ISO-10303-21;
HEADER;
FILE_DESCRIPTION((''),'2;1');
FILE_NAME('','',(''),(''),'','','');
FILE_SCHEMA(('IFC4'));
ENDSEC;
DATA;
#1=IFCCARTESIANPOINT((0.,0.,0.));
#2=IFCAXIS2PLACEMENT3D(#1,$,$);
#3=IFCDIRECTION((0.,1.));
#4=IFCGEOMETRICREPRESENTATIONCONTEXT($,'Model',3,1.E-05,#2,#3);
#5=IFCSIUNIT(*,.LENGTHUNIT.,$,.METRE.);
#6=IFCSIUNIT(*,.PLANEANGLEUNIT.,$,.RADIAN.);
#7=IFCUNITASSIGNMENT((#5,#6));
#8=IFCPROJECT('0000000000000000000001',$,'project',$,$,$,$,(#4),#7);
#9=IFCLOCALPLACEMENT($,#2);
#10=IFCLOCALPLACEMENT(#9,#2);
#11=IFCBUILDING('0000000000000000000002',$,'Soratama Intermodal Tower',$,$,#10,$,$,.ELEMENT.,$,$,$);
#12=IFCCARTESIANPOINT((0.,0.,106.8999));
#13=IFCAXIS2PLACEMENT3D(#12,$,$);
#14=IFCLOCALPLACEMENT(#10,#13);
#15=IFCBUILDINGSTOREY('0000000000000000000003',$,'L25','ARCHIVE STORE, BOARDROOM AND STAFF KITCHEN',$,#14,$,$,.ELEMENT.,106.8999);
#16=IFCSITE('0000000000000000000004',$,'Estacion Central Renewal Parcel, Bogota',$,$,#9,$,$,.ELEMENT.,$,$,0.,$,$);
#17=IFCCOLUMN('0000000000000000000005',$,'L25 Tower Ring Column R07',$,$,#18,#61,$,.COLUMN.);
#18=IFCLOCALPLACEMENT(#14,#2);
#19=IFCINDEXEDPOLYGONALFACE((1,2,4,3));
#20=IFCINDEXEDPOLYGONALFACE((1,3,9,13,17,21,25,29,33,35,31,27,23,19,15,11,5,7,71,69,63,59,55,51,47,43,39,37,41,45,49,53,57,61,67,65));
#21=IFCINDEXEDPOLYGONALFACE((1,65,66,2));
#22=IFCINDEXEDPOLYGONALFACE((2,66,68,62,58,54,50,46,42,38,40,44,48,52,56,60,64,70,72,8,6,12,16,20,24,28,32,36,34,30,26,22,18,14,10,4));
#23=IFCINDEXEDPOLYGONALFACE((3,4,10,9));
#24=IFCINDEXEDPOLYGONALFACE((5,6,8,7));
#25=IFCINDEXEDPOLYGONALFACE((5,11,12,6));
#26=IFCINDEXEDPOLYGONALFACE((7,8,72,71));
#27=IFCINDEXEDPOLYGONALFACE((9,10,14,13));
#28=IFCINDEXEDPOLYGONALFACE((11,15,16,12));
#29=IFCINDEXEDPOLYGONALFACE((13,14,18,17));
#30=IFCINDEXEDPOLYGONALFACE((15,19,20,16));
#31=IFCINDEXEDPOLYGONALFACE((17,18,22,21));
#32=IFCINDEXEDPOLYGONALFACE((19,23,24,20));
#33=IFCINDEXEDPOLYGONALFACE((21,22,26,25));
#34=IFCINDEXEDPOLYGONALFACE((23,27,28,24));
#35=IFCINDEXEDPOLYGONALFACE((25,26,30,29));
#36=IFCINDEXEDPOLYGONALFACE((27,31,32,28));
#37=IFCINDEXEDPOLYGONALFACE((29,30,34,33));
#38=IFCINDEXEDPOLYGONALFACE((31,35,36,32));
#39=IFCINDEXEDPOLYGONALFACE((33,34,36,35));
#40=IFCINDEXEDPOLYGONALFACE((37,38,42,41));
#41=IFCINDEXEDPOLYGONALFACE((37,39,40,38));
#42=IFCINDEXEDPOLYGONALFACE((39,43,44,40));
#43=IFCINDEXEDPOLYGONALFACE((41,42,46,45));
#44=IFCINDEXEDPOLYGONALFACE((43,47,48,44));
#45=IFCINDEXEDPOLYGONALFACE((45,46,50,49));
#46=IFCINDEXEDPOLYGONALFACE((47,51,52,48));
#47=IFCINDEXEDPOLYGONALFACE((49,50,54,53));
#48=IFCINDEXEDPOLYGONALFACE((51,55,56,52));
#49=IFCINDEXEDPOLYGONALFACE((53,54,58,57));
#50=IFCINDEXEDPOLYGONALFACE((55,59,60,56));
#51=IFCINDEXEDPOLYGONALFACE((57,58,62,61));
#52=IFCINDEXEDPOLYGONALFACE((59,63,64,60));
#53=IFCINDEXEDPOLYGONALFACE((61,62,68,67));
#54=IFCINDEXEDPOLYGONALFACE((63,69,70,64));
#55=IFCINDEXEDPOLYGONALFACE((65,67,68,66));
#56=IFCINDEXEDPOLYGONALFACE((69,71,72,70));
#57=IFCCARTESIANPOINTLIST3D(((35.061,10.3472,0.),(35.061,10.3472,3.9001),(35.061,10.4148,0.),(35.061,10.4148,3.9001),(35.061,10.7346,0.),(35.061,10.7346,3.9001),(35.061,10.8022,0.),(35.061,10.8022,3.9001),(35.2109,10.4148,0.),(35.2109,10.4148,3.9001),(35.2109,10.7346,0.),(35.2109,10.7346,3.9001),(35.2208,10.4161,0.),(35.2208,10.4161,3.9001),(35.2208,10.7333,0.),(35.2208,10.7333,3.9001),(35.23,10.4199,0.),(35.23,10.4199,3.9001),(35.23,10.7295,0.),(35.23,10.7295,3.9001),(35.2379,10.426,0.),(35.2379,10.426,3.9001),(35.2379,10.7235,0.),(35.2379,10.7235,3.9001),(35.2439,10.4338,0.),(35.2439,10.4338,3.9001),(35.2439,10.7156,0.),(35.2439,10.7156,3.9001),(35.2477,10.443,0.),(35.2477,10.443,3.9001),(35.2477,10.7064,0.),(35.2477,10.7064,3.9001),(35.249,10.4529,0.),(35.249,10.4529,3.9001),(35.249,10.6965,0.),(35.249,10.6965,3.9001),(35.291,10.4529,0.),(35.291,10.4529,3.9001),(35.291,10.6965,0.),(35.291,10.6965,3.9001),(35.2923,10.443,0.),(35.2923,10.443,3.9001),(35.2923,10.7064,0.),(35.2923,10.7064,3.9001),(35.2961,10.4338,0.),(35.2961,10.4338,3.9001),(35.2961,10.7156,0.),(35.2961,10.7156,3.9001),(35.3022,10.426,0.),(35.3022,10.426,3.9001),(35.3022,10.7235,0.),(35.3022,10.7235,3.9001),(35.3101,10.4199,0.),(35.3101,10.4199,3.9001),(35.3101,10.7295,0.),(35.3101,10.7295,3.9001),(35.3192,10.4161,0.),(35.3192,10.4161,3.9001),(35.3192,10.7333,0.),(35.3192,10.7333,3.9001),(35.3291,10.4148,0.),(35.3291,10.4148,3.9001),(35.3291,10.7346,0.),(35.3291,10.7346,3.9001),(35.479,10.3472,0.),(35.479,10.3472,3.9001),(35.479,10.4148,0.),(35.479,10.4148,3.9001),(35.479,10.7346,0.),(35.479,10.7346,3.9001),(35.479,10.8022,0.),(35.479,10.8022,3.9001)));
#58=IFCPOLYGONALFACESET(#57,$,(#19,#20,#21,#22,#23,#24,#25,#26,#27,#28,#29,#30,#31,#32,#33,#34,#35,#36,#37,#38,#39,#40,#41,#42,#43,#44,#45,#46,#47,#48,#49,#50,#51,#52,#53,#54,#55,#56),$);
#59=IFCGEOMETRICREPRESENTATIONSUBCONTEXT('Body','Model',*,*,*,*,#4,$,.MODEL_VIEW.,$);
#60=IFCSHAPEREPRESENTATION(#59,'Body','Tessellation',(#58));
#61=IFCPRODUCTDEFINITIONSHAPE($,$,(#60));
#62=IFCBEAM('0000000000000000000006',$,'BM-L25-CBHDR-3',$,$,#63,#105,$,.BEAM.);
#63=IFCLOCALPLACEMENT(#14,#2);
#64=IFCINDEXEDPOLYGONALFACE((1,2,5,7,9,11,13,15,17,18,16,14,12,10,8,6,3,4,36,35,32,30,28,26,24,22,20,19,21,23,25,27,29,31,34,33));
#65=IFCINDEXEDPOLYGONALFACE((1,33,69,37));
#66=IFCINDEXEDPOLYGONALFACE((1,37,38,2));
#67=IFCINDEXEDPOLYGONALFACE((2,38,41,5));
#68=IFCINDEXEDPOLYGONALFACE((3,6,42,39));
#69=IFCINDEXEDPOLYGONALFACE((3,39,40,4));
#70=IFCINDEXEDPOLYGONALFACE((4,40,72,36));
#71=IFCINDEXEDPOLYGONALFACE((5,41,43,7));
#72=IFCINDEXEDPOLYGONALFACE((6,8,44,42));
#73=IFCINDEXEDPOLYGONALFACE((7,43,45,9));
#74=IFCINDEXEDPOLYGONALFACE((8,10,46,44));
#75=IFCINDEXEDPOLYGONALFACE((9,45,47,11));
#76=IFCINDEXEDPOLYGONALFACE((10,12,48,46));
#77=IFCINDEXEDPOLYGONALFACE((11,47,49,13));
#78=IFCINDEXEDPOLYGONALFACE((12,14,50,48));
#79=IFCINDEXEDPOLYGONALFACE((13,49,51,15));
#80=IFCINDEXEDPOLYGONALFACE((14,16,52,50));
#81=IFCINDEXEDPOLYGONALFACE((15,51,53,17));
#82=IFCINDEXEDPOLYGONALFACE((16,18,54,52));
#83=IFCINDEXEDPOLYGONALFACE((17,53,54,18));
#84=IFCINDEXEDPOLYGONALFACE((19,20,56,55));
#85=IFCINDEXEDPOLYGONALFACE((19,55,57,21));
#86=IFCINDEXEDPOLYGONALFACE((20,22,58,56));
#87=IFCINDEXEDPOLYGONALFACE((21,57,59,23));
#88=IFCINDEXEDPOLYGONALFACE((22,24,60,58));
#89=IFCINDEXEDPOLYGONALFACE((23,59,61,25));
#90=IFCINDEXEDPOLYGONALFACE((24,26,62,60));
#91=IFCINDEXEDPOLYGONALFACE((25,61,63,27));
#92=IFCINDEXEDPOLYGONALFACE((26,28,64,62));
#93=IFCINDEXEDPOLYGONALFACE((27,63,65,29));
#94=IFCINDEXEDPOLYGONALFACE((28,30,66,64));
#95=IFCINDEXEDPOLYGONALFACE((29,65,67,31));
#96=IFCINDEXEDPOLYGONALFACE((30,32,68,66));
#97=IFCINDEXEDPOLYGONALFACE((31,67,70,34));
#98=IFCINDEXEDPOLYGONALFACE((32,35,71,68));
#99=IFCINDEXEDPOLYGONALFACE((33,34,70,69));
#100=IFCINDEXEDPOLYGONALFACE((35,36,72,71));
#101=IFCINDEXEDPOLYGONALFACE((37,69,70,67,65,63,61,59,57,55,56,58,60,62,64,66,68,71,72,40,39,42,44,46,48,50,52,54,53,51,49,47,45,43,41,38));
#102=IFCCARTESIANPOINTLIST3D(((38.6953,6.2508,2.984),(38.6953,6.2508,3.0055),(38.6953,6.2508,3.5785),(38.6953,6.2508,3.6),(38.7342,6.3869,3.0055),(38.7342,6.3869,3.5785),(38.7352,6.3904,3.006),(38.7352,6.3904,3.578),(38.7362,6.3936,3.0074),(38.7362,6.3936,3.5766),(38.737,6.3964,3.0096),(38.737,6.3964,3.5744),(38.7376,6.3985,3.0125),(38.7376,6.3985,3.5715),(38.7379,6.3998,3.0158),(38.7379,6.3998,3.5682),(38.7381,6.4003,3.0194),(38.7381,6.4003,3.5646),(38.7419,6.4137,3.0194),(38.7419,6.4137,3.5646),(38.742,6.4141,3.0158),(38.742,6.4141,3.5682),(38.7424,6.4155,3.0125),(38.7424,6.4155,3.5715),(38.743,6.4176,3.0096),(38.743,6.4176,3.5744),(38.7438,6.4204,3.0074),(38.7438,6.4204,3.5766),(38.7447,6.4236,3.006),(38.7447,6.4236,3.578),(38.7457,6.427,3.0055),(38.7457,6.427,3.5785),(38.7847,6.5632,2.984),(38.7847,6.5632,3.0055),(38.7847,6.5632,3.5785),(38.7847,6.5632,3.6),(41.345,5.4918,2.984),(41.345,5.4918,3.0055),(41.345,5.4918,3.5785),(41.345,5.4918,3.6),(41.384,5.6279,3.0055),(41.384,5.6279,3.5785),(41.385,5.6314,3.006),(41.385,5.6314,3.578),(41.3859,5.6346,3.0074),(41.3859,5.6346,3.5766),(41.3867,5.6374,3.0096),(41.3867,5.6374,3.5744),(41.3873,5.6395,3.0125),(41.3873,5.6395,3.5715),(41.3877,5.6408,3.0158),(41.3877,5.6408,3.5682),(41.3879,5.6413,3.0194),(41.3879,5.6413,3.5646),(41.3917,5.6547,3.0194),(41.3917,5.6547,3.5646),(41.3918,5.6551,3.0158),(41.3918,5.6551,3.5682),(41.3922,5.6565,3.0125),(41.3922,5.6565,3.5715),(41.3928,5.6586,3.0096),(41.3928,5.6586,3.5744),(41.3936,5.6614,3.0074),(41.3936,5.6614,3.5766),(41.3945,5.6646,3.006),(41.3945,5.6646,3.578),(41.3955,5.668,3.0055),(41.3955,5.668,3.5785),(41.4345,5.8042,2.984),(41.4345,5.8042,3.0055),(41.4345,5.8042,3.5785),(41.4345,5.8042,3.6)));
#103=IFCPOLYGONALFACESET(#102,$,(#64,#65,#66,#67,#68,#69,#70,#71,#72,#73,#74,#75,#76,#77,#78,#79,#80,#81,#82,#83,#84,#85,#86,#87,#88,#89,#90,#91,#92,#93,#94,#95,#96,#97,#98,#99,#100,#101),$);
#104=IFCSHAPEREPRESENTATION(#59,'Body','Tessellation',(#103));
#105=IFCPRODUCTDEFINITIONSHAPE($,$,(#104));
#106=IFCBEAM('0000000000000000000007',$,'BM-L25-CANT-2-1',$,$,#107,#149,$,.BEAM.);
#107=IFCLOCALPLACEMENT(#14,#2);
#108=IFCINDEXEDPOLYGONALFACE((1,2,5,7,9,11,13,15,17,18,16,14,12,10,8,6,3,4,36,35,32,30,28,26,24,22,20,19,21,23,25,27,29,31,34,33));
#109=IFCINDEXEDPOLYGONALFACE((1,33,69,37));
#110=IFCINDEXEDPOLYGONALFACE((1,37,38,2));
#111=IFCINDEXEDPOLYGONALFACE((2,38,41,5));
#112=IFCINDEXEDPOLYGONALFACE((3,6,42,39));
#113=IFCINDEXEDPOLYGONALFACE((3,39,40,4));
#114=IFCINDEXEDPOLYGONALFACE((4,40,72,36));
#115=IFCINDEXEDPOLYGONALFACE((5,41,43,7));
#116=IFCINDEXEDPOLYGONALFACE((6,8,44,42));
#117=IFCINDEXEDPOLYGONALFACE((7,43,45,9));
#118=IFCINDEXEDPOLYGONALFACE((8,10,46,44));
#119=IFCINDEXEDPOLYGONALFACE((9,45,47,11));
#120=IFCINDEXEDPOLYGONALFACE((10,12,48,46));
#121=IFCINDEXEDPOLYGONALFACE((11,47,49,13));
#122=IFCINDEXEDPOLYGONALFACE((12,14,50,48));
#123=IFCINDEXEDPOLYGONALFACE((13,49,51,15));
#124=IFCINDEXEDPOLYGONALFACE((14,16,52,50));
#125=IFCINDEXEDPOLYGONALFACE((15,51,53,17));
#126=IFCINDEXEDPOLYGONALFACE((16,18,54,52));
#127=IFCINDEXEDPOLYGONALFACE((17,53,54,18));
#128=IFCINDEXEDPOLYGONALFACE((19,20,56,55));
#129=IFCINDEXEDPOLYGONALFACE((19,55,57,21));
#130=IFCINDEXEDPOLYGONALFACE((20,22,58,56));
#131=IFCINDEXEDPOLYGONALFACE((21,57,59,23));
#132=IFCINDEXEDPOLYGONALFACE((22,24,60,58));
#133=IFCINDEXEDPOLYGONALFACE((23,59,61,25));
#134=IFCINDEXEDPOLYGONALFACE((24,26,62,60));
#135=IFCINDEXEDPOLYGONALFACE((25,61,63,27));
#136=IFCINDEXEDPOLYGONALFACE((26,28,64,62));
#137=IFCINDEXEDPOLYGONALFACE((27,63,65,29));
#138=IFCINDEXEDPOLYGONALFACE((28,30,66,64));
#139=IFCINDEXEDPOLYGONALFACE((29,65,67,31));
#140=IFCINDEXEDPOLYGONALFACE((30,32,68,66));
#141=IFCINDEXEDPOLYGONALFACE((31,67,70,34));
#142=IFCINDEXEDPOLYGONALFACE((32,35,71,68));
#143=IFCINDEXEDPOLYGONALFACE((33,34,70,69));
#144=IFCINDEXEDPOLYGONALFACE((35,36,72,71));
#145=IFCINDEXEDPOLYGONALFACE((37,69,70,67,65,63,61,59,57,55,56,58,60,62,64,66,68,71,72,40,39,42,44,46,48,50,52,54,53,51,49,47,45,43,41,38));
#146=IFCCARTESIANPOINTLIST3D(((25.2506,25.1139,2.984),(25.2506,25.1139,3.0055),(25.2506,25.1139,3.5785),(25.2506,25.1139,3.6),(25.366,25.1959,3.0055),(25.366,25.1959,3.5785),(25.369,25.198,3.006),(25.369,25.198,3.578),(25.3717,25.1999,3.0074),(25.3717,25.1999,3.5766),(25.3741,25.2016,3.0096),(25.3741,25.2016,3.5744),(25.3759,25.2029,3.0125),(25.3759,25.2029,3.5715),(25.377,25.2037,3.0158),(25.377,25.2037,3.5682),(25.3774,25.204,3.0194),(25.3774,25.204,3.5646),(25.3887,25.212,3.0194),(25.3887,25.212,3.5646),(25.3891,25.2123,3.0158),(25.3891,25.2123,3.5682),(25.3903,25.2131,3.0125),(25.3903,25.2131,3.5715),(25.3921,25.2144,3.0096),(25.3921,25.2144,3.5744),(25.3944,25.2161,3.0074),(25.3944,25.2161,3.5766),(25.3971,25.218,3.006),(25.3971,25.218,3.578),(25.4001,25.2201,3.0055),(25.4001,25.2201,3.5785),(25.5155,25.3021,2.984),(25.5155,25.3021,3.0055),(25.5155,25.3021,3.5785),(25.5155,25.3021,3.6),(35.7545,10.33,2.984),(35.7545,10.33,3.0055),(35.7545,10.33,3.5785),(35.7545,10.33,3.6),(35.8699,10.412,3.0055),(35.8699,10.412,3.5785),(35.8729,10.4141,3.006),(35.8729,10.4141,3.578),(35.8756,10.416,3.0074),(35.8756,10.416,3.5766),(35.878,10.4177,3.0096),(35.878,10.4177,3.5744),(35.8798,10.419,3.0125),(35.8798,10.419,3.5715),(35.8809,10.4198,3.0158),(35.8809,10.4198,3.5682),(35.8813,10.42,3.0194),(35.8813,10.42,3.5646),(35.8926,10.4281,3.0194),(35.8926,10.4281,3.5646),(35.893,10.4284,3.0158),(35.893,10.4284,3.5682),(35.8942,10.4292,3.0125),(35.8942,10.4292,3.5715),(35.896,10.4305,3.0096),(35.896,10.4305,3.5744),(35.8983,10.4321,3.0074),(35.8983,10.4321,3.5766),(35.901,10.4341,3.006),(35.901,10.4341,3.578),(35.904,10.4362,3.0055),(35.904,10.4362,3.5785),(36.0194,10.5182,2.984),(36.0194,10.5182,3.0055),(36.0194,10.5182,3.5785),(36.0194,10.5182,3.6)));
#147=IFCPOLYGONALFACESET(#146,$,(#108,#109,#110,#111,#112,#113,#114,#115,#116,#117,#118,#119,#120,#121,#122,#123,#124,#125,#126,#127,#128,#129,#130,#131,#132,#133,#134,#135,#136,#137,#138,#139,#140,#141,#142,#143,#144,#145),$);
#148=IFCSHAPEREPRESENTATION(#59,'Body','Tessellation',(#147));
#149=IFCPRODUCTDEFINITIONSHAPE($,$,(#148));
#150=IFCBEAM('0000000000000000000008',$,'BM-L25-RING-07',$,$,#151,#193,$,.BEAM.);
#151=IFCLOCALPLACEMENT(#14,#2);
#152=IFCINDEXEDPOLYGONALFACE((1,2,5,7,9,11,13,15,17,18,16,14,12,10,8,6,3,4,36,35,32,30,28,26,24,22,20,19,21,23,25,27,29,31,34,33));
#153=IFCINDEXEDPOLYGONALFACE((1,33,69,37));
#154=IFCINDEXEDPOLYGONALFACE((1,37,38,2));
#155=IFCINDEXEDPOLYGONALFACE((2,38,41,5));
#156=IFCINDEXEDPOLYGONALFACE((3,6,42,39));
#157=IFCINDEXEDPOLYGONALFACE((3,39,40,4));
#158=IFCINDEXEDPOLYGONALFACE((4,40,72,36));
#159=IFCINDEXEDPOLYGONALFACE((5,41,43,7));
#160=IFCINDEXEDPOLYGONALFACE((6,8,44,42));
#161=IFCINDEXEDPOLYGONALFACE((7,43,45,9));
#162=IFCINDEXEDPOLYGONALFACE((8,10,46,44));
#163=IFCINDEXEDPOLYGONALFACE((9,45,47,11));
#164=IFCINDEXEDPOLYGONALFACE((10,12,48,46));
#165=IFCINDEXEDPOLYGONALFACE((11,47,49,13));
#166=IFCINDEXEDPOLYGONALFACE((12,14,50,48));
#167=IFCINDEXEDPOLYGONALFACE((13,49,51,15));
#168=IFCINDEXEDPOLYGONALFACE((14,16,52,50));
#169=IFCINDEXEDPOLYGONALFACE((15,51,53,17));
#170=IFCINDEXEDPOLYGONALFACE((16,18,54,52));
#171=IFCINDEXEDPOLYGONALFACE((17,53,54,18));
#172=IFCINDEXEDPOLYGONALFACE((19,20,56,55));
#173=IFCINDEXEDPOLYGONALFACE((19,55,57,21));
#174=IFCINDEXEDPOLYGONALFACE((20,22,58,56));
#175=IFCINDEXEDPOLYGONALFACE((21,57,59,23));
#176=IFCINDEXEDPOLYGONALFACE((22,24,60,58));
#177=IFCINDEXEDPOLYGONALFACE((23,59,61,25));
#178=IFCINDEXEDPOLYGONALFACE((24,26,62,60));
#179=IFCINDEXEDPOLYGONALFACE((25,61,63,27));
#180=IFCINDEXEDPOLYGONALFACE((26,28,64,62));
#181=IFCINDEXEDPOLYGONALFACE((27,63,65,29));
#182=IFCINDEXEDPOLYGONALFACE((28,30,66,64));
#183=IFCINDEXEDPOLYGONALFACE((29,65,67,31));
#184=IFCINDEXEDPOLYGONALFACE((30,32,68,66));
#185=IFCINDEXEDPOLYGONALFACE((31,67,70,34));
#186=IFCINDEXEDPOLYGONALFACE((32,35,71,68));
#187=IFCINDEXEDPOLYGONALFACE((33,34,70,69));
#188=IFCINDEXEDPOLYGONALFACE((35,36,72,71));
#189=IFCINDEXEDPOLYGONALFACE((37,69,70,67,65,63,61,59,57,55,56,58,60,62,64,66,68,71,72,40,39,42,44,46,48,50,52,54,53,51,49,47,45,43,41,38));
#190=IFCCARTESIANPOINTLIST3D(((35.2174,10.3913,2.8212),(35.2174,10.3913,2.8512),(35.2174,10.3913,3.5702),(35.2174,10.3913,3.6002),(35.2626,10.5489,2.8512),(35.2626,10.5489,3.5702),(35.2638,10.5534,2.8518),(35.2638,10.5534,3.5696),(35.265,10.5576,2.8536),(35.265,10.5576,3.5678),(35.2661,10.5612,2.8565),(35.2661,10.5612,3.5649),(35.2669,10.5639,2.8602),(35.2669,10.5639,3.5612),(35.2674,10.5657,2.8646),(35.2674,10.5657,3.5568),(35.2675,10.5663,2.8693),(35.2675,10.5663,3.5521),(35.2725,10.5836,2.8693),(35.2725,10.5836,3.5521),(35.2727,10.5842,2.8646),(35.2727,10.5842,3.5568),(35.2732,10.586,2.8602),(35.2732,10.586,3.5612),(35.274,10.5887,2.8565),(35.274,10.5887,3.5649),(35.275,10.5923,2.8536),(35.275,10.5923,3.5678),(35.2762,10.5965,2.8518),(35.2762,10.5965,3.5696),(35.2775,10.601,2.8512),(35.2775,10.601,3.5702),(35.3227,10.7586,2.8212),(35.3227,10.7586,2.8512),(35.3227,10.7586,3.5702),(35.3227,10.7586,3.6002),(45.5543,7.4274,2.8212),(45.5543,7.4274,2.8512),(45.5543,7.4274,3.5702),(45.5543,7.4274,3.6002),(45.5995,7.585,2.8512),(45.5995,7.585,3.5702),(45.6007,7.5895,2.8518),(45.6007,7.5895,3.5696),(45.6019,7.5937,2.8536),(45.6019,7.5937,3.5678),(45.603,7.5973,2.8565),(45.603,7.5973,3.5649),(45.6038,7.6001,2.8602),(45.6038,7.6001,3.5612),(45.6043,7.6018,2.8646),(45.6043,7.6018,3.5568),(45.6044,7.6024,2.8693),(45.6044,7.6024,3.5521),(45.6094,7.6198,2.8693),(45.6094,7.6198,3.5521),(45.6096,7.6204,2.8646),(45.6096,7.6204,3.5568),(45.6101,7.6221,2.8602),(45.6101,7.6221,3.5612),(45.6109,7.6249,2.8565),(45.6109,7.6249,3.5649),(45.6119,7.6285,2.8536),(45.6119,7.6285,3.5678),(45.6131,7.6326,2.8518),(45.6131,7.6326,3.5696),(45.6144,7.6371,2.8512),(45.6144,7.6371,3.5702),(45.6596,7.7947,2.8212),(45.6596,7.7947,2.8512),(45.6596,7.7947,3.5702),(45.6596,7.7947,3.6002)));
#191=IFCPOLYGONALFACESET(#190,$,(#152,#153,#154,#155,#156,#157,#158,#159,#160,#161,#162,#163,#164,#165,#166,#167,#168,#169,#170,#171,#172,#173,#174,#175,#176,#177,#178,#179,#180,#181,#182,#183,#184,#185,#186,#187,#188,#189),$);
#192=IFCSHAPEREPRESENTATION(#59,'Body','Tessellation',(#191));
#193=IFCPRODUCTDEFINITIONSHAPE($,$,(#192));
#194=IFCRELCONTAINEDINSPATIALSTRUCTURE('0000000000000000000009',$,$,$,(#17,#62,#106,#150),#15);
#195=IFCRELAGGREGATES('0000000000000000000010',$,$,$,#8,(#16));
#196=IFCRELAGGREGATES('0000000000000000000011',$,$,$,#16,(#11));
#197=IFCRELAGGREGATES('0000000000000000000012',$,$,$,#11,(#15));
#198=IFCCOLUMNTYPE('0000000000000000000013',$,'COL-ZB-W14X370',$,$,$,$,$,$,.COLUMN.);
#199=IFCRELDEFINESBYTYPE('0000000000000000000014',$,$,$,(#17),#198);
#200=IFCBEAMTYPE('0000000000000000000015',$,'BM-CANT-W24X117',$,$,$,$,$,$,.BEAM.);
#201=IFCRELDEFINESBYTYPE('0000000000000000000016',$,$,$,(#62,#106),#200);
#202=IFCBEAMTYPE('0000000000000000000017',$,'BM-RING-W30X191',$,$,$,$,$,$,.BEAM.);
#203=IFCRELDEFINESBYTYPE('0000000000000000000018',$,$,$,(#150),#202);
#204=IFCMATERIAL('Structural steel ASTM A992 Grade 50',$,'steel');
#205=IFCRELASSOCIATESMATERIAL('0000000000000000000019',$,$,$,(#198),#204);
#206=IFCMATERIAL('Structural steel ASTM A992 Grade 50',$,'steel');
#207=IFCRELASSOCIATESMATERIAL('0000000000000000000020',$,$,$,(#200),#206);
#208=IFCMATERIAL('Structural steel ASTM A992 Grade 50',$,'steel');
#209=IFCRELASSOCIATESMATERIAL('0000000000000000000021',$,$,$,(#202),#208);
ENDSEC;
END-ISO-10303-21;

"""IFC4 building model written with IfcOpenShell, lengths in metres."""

from ifc_helpers import new_model, si_unit, direction, frame, origin, origin_2d, place, context, subcontext, project, spatial, i_section, extrude, material, material_profile, profile_set, type_object, element, save


model = new_model("IFC4")

# Units and contexts
model_context = context("Model", 3, precision=1e-05, world=origin(), true_north=direction((0.0, 1.0)))
body_context = subcontext(model_context, "Body", "Model", "MODEL_VIEW")
ifc_project = project(units=[si_unit("LENGTHUNIT", "METRE"), si_unit("PLANEANGLEUNIT", "RADIAN")], contexts=[model_context])

# Site, building, storey
site_placement = place(None, origin())
site = spatial("IfcSite", under=ifc_project, at=site_placement, Name="Estacion Central Renewal Parcel, Bogota", CompositionType="ELEMENT", RefElevation=0.0)
building_placement = place(site_placement, origin())
building = spatial("IfcBuilding", under=site, at=building_placement, Name="Soratama Intermodal Tower", CompositionType="ELEMENT")
storey_placement = place(building_placement, frame((0.0, 0.0, 106.8999)))
storey = spatial("IfcBuildingStorey", under=building, at=storey_placement, Name="L25", Description="ARCHIVE STORE, BOARDROOM AND STAFF KITCHEN", CompositionType="ELEMENT", Elevation=106.8999)

# Column
ifc_material_1 = material(Name="Structural steel ASTM A992 Grade 50", Category="steel")
ifc_material_profile_1 = material_profile(ifc_material_1, i_section(OverallWidth=0.418, OverallDepth=0.4551, WebThickness=0.042, FlangeThickness=0.0676, FilletRadius=0.0381, at=origin_2d()), Name="W14X370")
ifc_profile_set_1 = profile_set([ifc_material_profile_1], Name="Structural steel ASTM A992 Grade 50")
column_type = type_object("IfcColumnType", Name="COL-ZB-W14X370", PredefinedType="COLUMN", material=ifc_profile_set_1)
column_placement = place(storey_placement, frame((35.27, 10.5747, 0.0), z_axis=(0.0, 0.0, 1.0), x_axis=(1.0, 0.0, 0.0)))
element("IfcColumn", 1, at=column_placement, inside=storey, type_object=column_type, Name="L25 Tower Ring Column R07", PredefinedType="COLUMN", context=body_context, shape_type="SweptSolid", body=[
    extrude(i_section(OverallWidth=0.418, OverallDepth=0.4551, WebThickness=0.042, FlangeThickness=0.0676, FilletRadius=0.0381, at=origin_2d()), origin(), (0.0, 0.0, 1.0), 3.9001),
])

# Beams
ifc_material_2 = material(Name="Structural steel ASTM A992 Grade 50", Category="steel")
ifc_material_profile_2 = material_profile(ifc_material_2, i_section(OverallWidth=0.325, OverallDepth=0.616, WebThickness=0.0139, FlangeThickness=0.0215, FilletRadius=0.0139, at=origin_2d()), Name="W24X117")
ifc_profile_set_2 = profile_set([ifc_material_profile_2], Name="Structural steel ASTM A992 Grade 50")
beam_type_1 = type_object("IfcBeamType", Name="BM-CANT-W24X117", PredefinedType="BEAM", material=ifc_profile_set_2)
beam_1_placement = place(storey_placement, frame((38.74, 6.407, 3.292), z_axis=(0.96134, -0.275364, 0.0), x_axis=(0.275364, 0.96134, 0.0)))
element("IfcBeam", 2, at=beam_1_placement, inside=storey, type_object=beam_type_1, Name="BM-L25-CBHDR-3", PredefinedType="BEAM", context=body_context, shape_type="SweptSolid", body=[
    extrude(i_section(OverallWidth=0.325, OverallDepth=0.616, WebThickness=0.0139, FlangeThickness=0.0215, FilletRadius=0.0139, at=origin_2d()), origin(), (0.0, 0.0, 1.0), 2.7563),
])
beam_2_placement = place(storey_placement, frame((35.887, 10.4241, 3.292), z_axis=(-0.57919, 0.815193, 0.0), x_axis=(-0.815193, -0.57919, 0.0)))
element("IfcBeam", 3, at=beam_2_placement, inside=storey, type_object=beam_type_1, Name="BM-L25-CANT-2-1", PredefinedType="BEAM", context=body_context, shape_type="SweptSolid", body=[
    extrude(i_section(OverallWidth=0.325, OverallDepth=0.616, WebThickness=0.0139, FlangeThickness=0.0215, FilletRadius=0.0139, at=origin_2d()), origin(), (0.0, 0.0, 1.0), 18.1355),
])
ifc_material_3 = material(Name="Structural steel ASTM A992 Grade 50", Category="steel")
ifc_material_profile_3 = material_profile(ifc_material_3, i_section(OverallWidth=0.3821, OverallDepth=0.7791, WebThickness=0.0181, FlangeThickness=0.03, FilletRadius=0.0181, at=origin_2d()), Name="W30X191")
ifc_profile_set_3 = profile_set([ifc_material_profile_3], Name="Structural steel ASTM A992 Grade 50")
beam_type_2 = type_object("IfcBeamType", Name="BM-RING-W30X191", PredefinedType="BEAM", material=ifc_profile_set_3)
beam_3_placement = place(storey_placement, frame((35.27, 10.575, 3.2107), z_axis=(0.961267, -0.275621, 0.0), x_axis=(0.275621, 0.961267, 0.0)))
element("IfcBeam", 4, at=beam_3_placement, inside=storey, type_object=beam_type_2, Name="BM-L25-RING-07", PredefinedType="BEAM", context=body_context, shape_type="SweptSolid", body=[
    extrude(i_section(OverallWidth=0.3821, OverallDepth=0.7791, WebThickness=0.0181, FlangeThickness=0.03, FilletRadius=0.0181, at=origin_2d()), origin(), (0.0, 0.0, 1.0), 10.7534),
])

save(model, "model.ifc")
